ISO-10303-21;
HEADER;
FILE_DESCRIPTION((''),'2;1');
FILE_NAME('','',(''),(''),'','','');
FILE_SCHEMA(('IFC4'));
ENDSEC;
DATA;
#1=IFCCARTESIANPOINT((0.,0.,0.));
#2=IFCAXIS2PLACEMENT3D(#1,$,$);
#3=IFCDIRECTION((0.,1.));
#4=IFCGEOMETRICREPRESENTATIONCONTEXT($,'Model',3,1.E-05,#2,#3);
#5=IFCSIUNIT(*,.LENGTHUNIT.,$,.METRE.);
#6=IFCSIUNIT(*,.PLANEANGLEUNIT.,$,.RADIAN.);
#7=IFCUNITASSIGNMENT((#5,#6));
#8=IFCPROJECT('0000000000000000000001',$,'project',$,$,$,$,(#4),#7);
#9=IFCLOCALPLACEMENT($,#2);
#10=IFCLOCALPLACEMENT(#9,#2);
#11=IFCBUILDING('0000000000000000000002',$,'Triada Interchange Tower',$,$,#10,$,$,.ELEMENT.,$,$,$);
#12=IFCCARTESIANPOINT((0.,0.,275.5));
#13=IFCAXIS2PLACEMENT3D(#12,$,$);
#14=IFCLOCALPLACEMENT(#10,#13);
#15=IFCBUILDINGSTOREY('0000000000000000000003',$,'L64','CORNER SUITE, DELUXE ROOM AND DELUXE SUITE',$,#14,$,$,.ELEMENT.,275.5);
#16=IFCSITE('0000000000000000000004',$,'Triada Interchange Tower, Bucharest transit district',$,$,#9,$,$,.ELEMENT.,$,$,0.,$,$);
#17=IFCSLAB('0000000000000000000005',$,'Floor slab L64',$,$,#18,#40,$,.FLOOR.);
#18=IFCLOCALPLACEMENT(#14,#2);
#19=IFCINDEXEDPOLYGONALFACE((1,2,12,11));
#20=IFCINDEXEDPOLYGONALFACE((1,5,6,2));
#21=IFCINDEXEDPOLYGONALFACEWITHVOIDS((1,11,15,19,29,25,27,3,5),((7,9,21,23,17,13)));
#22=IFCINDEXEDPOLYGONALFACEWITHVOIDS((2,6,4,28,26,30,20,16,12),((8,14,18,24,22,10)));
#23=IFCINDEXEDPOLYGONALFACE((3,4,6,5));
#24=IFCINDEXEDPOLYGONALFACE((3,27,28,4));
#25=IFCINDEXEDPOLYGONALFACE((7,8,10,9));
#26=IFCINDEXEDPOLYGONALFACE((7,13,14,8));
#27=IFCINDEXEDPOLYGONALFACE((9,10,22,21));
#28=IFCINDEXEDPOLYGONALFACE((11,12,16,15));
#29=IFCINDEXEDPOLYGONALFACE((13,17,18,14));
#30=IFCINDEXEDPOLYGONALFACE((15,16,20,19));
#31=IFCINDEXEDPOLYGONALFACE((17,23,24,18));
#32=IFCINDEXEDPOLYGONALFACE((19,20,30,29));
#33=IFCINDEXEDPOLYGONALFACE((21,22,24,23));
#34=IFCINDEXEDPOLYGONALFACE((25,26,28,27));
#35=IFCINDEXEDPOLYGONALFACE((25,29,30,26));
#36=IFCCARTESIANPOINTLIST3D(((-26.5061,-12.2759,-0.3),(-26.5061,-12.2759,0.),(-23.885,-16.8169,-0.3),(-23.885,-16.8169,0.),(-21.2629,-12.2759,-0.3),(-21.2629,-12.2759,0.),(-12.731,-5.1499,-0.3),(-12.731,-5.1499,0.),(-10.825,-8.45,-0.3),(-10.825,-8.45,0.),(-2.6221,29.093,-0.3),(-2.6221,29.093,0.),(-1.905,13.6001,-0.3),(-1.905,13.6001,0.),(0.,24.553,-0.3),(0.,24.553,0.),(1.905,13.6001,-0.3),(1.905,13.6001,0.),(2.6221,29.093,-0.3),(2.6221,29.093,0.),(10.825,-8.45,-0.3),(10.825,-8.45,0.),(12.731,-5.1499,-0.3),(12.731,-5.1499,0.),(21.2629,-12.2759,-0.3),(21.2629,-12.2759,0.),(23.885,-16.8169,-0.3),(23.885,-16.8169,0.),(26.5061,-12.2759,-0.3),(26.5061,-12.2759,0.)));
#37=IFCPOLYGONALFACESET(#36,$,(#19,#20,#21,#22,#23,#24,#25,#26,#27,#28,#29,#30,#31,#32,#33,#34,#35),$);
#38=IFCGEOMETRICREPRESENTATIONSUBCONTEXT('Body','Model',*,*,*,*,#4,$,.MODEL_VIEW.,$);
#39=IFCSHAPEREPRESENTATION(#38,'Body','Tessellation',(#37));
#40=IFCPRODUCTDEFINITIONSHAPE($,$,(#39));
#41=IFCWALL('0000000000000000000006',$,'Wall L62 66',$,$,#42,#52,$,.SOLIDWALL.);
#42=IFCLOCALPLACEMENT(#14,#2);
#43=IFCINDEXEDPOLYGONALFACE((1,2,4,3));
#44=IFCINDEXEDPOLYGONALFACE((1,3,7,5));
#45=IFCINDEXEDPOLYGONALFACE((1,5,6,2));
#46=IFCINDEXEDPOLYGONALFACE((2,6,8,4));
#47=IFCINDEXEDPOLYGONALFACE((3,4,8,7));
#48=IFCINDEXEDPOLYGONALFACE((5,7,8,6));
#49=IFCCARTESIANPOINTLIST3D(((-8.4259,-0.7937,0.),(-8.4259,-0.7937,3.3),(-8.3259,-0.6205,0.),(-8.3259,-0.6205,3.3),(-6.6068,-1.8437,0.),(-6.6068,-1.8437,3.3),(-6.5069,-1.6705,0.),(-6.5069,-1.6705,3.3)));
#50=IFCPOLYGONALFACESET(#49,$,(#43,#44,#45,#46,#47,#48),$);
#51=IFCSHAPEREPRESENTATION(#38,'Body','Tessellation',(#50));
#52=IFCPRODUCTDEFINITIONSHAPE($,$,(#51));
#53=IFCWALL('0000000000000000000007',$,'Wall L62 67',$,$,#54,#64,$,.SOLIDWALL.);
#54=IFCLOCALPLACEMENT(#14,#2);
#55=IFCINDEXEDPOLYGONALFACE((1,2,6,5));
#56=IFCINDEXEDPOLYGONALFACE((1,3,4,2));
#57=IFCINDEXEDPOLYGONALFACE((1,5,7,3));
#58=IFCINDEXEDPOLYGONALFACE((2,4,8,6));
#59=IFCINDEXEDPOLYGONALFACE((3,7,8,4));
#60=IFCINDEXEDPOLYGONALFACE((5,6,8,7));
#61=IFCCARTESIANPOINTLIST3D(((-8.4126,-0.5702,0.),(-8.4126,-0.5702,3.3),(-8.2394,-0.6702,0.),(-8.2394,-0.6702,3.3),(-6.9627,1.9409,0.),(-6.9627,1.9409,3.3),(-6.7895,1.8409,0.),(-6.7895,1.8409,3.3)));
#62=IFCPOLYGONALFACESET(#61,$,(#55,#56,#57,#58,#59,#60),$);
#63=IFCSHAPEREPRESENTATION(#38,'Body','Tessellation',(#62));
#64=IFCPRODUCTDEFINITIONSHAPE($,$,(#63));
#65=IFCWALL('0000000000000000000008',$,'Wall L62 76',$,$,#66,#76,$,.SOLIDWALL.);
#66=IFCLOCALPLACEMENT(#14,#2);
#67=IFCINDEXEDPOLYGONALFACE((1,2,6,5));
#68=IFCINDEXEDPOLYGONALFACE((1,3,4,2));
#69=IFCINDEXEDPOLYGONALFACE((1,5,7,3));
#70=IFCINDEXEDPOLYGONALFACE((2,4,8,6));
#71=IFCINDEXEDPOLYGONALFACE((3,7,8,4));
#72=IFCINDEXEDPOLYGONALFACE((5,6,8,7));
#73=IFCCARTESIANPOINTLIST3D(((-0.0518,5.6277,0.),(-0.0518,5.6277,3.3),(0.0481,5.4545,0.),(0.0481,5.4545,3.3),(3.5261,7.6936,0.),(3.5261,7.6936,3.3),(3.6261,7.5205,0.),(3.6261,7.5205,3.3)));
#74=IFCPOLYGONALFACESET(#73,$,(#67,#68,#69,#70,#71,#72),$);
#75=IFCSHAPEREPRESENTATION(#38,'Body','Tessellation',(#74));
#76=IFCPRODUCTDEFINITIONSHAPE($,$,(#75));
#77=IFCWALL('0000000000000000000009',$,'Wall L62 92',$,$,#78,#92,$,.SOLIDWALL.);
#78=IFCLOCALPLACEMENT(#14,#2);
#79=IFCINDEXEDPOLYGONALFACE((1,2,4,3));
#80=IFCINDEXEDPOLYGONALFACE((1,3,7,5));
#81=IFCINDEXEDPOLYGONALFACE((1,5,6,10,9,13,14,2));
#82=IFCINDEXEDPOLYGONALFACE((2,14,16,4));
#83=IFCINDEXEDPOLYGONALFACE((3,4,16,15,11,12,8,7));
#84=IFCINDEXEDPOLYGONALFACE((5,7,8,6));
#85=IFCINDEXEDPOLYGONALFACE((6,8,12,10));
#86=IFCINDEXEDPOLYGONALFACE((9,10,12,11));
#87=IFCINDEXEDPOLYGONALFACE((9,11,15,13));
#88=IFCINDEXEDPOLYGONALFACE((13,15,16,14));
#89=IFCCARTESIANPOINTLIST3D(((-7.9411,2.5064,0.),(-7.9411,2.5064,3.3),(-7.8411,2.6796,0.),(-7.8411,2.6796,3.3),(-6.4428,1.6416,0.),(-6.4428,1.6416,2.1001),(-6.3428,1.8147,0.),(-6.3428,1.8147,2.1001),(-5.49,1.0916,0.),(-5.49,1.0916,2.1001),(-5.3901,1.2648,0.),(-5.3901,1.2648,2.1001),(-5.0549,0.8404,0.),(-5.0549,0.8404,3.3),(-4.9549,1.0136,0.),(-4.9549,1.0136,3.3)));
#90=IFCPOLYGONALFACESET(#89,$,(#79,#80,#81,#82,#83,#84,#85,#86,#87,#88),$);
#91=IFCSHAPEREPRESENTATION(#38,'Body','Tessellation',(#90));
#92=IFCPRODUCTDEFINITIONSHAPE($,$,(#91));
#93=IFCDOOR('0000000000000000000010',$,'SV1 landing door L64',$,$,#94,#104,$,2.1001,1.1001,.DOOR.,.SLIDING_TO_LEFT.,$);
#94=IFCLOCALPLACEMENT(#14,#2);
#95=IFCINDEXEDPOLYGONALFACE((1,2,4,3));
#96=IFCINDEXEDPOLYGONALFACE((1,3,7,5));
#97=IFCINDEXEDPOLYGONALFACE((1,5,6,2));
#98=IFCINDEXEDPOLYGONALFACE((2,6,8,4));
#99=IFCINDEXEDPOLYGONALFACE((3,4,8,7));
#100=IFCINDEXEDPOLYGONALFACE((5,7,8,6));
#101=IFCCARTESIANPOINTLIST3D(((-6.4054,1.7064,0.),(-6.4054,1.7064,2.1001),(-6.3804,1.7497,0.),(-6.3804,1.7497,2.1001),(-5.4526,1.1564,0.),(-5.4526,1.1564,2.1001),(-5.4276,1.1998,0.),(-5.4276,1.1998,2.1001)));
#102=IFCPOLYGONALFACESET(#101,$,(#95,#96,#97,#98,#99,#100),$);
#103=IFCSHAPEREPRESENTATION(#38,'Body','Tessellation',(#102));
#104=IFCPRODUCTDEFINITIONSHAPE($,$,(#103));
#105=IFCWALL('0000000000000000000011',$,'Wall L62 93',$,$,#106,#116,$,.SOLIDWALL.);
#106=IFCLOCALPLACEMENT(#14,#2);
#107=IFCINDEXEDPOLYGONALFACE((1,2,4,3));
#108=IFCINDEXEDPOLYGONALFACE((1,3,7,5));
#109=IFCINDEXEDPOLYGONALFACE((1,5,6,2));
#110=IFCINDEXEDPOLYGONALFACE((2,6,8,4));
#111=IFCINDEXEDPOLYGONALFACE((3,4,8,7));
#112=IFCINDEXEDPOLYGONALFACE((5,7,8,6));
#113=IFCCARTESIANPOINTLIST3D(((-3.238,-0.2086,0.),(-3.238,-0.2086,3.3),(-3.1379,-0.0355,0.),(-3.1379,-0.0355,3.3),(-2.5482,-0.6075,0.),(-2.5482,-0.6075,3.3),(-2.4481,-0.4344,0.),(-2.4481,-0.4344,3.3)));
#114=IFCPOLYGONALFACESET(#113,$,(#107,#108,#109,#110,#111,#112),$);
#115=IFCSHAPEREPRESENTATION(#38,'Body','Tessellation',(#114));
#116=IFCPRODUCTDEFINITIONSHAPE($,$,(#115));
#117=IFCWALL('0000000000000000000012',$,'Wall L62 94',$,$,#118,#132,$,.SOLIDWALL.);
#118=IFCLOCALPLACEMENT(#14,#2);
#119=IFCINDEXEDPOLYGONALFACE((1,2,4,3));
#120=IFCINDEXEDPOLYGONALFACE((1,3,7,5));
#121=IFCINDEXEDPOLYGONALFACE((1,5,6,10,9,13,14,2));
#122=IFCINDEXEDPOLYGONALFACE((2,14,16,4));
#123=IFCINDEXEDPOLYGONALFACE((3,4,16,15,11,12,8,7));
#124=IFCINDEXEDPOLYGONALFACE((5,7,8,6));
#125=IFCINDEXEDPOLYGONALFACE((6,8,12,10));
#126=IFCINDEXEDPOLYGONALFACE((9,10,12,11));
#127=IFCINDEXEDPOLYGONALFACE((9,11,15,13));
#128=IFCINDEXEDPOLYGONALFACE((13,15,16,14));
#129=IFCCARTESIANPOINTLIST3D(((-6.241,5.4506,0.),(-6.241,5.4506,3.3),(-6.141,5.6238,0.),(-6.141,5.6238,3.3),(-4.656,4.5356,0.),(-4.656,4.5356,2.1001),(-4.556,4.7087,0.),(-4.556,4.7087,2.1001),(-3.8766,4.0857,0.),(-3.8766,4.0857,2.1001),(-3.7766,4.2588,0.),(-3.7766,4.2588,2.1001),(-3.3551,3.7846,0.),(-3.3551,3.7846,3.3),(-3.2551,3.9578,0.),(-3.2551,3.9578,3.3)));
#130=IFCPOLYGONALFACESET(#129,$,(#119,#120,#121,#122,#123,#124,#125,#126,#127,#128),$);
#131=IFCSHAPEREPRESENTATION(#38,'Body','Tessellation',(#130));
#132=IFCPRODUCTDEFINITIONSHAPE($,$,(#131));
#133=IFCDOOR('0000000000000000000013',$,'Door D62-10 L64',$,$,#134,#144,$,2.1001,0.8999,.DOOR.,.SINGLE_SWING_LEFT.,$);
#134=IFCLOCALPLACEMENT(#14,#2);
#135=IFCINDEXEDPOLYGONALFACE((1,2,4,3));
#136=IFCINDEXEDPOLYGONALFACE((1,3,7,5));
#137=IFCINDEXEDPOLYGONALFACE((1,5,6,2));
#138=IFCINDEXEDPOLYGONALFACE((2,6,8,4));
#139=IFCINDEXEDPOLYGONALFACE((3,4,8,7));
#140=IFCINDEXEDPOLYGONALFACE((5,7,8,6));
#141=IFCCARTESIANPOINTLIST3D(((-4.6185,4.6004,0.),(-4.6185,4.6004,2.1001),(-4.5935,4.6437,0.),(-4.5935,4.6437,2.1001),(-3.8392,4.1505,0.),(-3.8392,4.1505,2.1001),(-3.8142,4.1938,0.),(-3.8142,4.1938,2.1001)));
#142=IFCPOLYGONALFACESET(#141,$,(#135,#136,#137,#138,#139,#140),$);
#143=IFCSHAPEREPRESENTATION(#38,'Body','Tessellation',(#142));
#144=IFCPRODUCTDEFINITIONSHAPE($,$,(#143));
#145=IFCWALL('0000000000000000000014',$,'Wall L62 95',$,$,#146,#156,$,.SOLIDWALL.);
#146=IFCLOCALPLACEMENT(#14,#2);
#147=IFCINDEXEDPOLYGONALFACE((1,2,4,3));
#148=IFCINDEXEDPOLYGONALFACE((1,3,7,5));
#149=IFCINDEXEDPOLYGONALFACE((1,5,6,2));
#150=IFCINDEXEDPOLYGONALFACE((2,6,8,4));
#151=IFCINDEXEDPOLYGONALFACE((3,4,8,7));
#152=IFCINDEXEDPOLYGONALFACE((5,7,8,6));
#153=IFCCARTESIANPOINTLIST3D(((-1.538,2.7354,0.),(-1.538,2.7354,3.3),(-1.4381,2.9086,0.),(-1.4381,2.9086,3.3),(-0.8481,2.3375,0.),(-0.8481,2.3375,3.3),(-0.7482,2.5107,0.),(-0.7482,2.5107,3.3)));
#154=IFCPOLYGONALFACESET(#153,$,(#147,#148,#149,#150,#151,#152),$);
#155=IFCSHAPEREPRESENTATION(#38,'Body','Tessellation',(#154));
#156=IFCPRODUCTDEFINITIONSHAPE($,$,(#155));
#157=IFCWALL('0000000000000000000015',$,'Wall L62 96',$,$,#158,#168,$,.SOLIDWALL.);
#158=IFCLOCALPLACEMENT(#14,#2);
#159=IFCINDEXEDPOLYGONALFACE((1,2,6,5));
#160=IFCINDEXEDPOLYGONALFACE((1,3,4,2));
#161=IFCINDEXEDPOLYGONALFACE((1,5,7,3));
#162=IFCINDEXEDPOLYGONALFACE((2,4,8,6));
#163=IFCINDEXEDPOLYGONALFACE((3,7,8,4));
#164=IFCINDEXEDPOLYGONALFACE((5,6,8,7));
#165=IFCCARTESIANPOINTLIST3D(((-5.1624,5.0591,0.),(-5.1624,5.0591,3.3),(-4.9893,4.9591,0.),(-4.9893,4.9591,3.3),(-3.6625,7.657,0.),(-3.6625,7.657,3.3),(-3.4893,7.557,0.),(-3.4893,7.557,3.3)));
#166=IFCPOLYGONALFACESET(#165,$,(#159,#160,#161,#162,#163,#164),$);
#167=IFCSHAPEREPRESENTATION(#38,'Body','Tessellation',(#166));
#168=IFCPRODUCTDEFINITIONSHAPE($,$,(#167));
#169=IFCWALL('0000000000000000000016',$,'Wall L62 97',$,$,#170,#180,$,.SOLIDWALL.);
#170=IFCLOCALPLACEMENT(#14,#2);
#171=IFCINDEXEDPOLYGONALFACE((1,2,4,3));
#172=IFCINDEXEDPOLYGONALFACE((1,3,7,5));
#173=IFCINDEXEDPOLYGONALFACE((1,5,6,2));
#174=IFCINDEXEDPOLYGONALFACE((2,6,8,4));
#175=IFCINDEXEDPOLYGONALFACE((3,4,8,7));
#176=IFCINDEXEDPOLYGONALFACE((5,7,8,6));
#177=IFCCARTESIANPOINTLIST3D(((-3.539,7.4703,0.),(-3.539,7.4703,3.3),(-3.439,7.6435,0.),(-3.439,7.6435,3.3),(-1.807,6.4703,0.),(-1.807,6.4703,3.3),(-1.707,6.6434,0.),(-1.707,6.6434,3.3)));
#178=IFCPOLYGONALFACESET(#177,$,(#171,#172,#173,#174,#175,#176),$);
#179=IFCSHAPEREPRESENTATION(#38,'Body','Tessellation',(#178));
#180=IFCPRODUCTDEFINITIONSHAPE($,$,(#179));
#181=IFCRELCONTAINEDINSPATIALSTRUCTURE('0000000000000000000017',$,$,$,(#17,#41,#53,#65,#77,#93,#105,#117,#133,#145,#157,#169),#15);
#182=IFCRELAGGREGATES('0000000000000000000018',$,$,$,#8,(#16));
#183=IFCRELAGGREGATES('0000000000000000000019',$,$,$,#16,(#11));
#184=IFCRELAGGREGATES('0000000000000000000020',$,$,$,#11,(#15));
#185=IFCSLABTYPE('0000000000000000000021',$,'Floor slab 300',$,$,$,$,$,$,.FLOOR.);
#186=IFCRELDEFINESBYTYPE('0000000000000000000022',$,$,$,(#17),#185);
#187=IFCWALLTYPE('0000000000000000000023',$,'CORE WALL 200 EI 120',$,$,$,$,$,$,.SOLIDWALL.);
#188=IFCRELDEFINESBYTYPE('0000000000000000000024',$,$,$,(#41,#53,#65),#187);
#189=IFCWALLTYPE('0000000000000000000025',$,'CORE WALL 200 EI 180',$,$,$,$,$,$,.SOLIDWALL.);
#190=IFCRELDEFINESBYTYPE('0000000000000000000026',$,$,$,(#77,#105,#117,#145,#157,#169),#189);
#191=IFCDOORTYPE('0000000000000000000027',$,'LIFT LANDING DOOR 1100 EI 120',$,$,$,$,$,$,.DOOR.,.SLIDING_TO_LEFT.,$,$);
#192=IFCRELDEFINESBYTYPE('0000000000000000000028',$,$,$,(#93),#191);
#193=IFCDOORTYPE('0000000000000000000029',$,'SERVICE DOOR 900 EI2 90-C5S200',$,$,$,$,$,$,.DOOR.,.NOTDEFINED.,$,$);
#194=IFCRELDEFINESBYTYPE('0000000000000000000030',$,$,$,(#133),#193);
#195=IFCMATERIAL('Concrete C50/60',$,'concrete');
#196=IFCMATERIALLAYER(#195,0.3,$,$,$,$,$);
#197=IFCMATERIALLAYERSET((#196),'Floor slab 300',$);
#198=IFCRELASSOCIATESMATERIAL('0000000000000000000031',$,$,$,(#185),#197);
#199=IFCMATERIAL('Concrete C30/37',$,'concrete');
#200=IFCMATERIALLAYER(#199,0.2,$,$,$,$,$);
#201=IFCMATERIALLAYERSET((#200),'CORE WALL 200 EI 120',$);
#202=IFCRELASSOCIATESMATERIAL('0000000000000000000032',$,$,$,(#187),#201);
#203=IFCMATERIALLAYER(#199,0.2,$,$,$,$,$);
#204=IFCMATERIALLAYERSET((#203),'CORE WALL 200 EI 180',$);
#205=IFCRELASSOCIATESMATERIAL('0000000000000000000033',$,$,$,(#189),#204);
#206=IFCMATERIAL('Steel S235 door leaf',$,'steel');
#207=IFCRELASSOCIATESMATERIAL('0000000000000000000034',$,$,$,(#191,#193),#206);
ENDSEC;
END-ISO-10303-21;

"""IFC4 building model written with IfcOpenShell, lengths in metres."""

from ifc_helpers import new_model, si_unit, direction, frame, frame_2d, origin, place, context, subcontext, project, spatial, polyline, rectangle, outline, extrude, material, layer, layer_set, type_object, element, fill, save


model = new_model("IFC4")

# Units and contexts
model_context = context("Model", 3, precision=1e-05, world=origin(), true_north=direction((0.0, 1.0)))
body_context = subcontext(model_context, "Body", "Model", "MODEL_VIEW")
ifc_project = project(units=[si_unit("LENGTHUNIT", "METRE"), si_unit("PLANEANGLEUNIT", "RADIAN")], contexts=[model_context])

# Site, building, storey
site_placement = place(None, origin())
site = spatial("IfcSite", under=ifc_project, at=site_placement, Name="Triada Interchange Tower, Bucharest transit district", CompositionType="ELEMENT", RefElevation=0.0)
building_placement = place(site_placement, origin())
building = spatial("IfcBuilding", under=site, at=building_placement, Name="Triada Interchange Tower", CompositionType="ELEMENT")
storey_placement = place(building_placement, frame((0.0, 0.0, 275.5)))
storey = spatial("IfcBuildingStorey", under=building, at=storey_placement, Name="L64", Description="CORNER SUITE, DELUXE ROOM AND DELUXE SUITE", CompositionType="ELEMENT", Elevation=275.5)

# Slab
ifc_material_1 = material(Name="Concrete C50/60", Category="concrete")
ifc_layer_1 = layer(ifc_material_1, 0.3)
ifc_layer_set_1 = layer_set([ifc_layer_1], Name="Floor slab 300")
slab_type = type_object("IfcSlabType", Name="Floor slab 300", PredefinedType="FLOOR", material=ifc_layer_set_1)
slab_placement = place(storey_placement, frame((0.0, 0.0, -0.3)))
element("IfcSlab", 1, at=slab_placement, inside=storey, type_object=slab_type, Name="Floor slab L64", PredefinedType="FLOOR", context=body_context, shape_type="SweptSolid", body=[
    extrude(outline(polyline([(-2.6221, 29.093), (-26.5061, -12.2759), (-21.2629, -12.2759), (-23.885, -16.8169), (23.885, -16.8169), (21.2629, -12.2759), (26.5061, -12.2759), (2.6221, 29.093), (0.0, 24.553), (-2.6221, 29.093)]), holes=[polyline([(1.905, 13.6001), (-1.905, 13.6001), (-12.731, -5.1499), (-10.825, -8.45), (10.825, -8.45), (12.731, -5.1499), (1.905, 13.6001)])]), origin(), (0.0, 0.0, 1.0), 0.3),
])

# Walls
ifc_material_2 = material(Name="Concrete C30/37", Category="concrete")
ifc_layer_2 = layer(ifc_material_2, 0.2)
ifc_layer_set_2 = layer_set([ifc_layer_2], Name="CORE WALL 200 EI 120")
wall_type_1 = type_object("IfcWallType", Name="CORE WALL 200 EI 120", PredefinedType="SOLIDWALL", material=ifc_layer_set_2)
wall_1_placement = place(storey_placement, frame((-8.376, -0.707, 0.0), z_axis=(0.0, 0.0, 1.0), x_axis=(0.866068, -0.499927, 0.0)))
element("IfcWall", 2, at=wall_1_placement, inside=storey, type_object=wall_type_1, Name="Wall L62 66", PredefinedType="SOLIDWALL", context=body_context, shape_type="SweptSolid", body=[
    extrude(rectangle(XDim=2.1003, YDim=0.2, at=frame_2d((1.0503, 0.0))), origin(), (0.0, 0.0, 1.0), 3.3),
])
wall_2_placement = place(storey_placement, frame((-8.3259, -0.6201, 0.0), z_axis=(0.0, 0.0, 1.0), x_axis=(0.500024, 0.866012, 0.0)))
element("IfcWall", 3, at=wall_2_placement, inside=storey, type_object=wall_type_1, Name="Wall L62 67", PredefinedType="SOLIDWALL", context=body_context, shape_type="SweptSolid", body=[
    extrude(rectangle(XDim=2.8997, YDim=0.2, at=frame_2d((1.4497, 0.0))), origin(), (0.0, 0.0, 1.0), 3.3),
])
wall_3_placement = place(storey_placement, frame((-0.002, 5.541, 0.0), z_axis=(0.0, 0.0, 1.0), x_axis=(0.866002, 0.500041, 0.0)))
element("IfcWall", 4, at=wall_3_placement, inside=storey, type_object=wall_type_1, Name="Wall L62 76", PredefinedType="SOLIDWALL", context=body_context, shape_type="SweptSolid", body=[
    extrude(rectangle(XDim=4.1316, YDim=0.2, at=frame_2d((2.0659, 0.0))), origin(), (0.0, 0.0, 1.0), 3.3),
])

# Wall, opening, door
ifc_layer_3 = layer(ifc_material_2, 0.2)
ifc_layer_set_3 = layer_set([ifc_layer_3], Name="CORE WALL 200 EI 180")
wall_type_2 = type_object("IfcWallType", Name="CORE WALL 200 EI 180", PredefinedType="SOLIDWALL", material=ifc_layer_set_3)
wall_4_placement = place(storey_placement, frame((-7.8911, 2.593, 0.0), z_axis=(0.0, 0.0, 1.0), x_axis=(0.866071, -0.499921, 0.0)))
wall_4 = element("IfcWall", 5, at=wall_4_placement, inside=storey, type_object=wall_type_2, Name="Wall L62 92", PredefinedType="SOLIDWALL", context=body_context, shape_type="SweptSolid", body=[
    extrude(rectangle(XDim=3.3325, YDim=0.2, at=frame_2d((1.6663, 0.0))), origin(), (0.0, 0.0, 1.0), 3.3),
])
opening_1_placement = place(wall_4_placement, frame((1.73, 0.0, 0.0)))
opening_1 = element("IfcOpeningElement", 6, at=opening_1_placement, cuts=wall_4, PredefinedType="OPENING", context=body_context, shape_type="SweptSolid", body=[
    extrude(rectangle(XDim=1.1001, YDim=2.1001, at=frame_2d((0.55, 1.05))), frame((0.0, 0.1099, 0.0), z_axis=(0.0, -1.0, 0.0), x_axis=(1.0, 0.0, 0.0)), (0.0, 0.0, 1.0), 0.22),
])
ifc_material_3 = material(Name="Steel S235 door leaf", Category="steel")
door_type_1 = type_object("IfcDoorType", Name="LIFT LANDING DOOR 1100 EI 120", OperationType="SLIDING_TO_LEFT", PredefinedType="DOOR", material=ifc_material_3)
door_1_placement = place(opening_1_placement, origin())
door_1 = element("IfcDoor", 7, at=door_1_placement, inside=storey, type_object=door_type_1, Name="SV1 landing door L64", OperationType="SLIDING_TO_LEFT", OverallHeight=2.1001, OverallWidth=1.1001, PredefinedType="DOOR", context=body_context, shape_type="SweptSolid", body=[
    extrude(rectangle(XDim=1.1001, YDim=2.1001, at=frame_2d((0.55, 1.05))), frame((0.0, 0.0249, 0.0), z_axis=(0.0, -1.0, 0.0), x_axis=(1.0, 0.0, 0.0)), (0.0, 0.0, 1.0), 0.05),
])
fill(opening_1, door_1)

# Wall
wall_5_placement = place(storey_placement, frame((-3.188, -0.1221, 0.0), z_axis=(0.0, 0.0, 1.0), x_axis=(0.865706, -0.500553, 0.0)))
element("IfcWall", 8, at=wall_5_placement, inside=storey, type_object=wall_type_2, Name="Wall L62 93", PredefinedType="SOLIDWALL", context=body_context, shape_type="SweptSolid", body=[
    extrude(rectangle(XDim=0.7969, YDim=0.2, at=frame_2d((0.3984, 0.0))), origin(), (0.0, 0.0, 1.0), 3.3),
])

# Wall, opening, door
wall_6_placement = place(storey_placement, frame((-6.1909, 5.5371, 0.0), z_axis=(0.0, 0.0, 1.0), x_axis=(0.866053, -0.499953, 0.0)))
wall_6 = element("IfcWall", 9, at=wall_6_placement, inside=storey, type_object=wall_type_2, Name="Wall L62 94", PredefinedType="SOLIDWALL", context=body_context, shape_type="SweptSolid", body=[
    extrude(rectangle(XDim=3.3323, YDim=0.2, at=frame_2d((1.666, 0.0))), origin(), (0.0, 0.0, 1.0), 3.3),
])
opening_2_placement = place(wall_6_placement, frame((1.8301, 0.0, 0.0)))
opening_2 = element("IfcOpeningElement", 10, at=opening_2_placement, cuts=wall_6, PredefinedType="OPENING", context=body_context, shape_type="SweptSolid", body=[
    extrude(rectangle(XDim=0.8999, YDim=2.1001, at=frame_2d((0.45, 1.05))), frame((0.0, 0.1099, 0.0), z_axis=(0.0, -1.0, 0.0), x_axis=(1.0, 0.0, 0.0)), (0.0, 0.0, 1.0), 0.22),
])
door_type_2 = type_object("IfcDoorType", Name="SERVICE DOOR 900 EI2 90-C5S200", OperationType="NOTDEFINED", PredefinedType="DOOR", material=ifc_material_3)
door_2_placement = place(opening_2_placement, origin())
door_2 = element("IfcDoor", 11, at=door_2_placement, inside=storey, type_object=door_type_2, Name="Door D62-10 L64", OperationType="SINGLE_SWING_LEFT", OverallHeight=2.1001, OverallWidth=0.8999, PredefinedType="DOOR", context=body_context, shape_type="SweptSolid", body=[
    extrude(rectangle(XDim=0.8999, YDim=2.1001, at=frame_2d((0.45, 1.05))), frame((0.0, 0.0249, 0.0), z_axis=(0.0, -1.0, 0.0), x_axis=(1.0, 0.0, 0.0)), (0.0, 0.0, 1.0), 0.05),
])
fill(opening_2, door_2)

# Walls
wall_7_placement = place(storey_placement, frame((-1.488, 2.822, 0.0), z_axis=(0.0, 0.0, 1.0), x_axis=(0.866237, -0.499634, 0.0)))
element("IfcWall", 12, at=wall_7_placement, inside=storey, type_object=wall_type_2, Name="Wall L62 95", PredefinedType="SOLIDWALL", context=body_context, shape_type="SweptSolid", body=[
    extrude(rectangle(XDim=0.7964, YDim=0.2, at=frame_2d((0.3982, 0.0))), origin(), (0.0, 0.0, 1.0), 3.3),
])
wall_8_placement = place(storey_placement, frame((-5.0759, 5.009, 0.0), z_axis=(0.0, 0.0, 1.0), x_axis=(0.500025, 0.866011, 0.0)))
element("IfcWall", 13, at=wall_8_placement, inside=storey, type_object=wall_type_2, Name="Wall L62 96", PredefinedType="SOLIDWALL", context=body_context, shape_type="SweptSolid", body=[
    extrude(rectangle(XDim=2.9998, YDim=0.2, at=frame_2d((1.5, 0.0))), origin(), (0.0, 0.0, 1.0), 3.3),
])
wall_9_placement = place(storey_placement, frame((-3.489, 7.5569, 0.0), z_axis=(0.0, 0.0, 1.0), x_axis=(0.866011, -0.500025, 0.0)))
element("IfcWall", 14, at=wall_9_placement, inside=storey, type_object=wall_type_2, Name="Wall L62 97", PredefinedType="SOLIDWALL", context=body_context, shape_type="SweptSolid", body=[
    extrude(rectangle(XDim=2.0, YDim=0.2, at=frame_2d((1.0, 0.0))), origin(), (0.0, 0.0, 1.0), 3.3),
])

save(model, "model.ifc")
